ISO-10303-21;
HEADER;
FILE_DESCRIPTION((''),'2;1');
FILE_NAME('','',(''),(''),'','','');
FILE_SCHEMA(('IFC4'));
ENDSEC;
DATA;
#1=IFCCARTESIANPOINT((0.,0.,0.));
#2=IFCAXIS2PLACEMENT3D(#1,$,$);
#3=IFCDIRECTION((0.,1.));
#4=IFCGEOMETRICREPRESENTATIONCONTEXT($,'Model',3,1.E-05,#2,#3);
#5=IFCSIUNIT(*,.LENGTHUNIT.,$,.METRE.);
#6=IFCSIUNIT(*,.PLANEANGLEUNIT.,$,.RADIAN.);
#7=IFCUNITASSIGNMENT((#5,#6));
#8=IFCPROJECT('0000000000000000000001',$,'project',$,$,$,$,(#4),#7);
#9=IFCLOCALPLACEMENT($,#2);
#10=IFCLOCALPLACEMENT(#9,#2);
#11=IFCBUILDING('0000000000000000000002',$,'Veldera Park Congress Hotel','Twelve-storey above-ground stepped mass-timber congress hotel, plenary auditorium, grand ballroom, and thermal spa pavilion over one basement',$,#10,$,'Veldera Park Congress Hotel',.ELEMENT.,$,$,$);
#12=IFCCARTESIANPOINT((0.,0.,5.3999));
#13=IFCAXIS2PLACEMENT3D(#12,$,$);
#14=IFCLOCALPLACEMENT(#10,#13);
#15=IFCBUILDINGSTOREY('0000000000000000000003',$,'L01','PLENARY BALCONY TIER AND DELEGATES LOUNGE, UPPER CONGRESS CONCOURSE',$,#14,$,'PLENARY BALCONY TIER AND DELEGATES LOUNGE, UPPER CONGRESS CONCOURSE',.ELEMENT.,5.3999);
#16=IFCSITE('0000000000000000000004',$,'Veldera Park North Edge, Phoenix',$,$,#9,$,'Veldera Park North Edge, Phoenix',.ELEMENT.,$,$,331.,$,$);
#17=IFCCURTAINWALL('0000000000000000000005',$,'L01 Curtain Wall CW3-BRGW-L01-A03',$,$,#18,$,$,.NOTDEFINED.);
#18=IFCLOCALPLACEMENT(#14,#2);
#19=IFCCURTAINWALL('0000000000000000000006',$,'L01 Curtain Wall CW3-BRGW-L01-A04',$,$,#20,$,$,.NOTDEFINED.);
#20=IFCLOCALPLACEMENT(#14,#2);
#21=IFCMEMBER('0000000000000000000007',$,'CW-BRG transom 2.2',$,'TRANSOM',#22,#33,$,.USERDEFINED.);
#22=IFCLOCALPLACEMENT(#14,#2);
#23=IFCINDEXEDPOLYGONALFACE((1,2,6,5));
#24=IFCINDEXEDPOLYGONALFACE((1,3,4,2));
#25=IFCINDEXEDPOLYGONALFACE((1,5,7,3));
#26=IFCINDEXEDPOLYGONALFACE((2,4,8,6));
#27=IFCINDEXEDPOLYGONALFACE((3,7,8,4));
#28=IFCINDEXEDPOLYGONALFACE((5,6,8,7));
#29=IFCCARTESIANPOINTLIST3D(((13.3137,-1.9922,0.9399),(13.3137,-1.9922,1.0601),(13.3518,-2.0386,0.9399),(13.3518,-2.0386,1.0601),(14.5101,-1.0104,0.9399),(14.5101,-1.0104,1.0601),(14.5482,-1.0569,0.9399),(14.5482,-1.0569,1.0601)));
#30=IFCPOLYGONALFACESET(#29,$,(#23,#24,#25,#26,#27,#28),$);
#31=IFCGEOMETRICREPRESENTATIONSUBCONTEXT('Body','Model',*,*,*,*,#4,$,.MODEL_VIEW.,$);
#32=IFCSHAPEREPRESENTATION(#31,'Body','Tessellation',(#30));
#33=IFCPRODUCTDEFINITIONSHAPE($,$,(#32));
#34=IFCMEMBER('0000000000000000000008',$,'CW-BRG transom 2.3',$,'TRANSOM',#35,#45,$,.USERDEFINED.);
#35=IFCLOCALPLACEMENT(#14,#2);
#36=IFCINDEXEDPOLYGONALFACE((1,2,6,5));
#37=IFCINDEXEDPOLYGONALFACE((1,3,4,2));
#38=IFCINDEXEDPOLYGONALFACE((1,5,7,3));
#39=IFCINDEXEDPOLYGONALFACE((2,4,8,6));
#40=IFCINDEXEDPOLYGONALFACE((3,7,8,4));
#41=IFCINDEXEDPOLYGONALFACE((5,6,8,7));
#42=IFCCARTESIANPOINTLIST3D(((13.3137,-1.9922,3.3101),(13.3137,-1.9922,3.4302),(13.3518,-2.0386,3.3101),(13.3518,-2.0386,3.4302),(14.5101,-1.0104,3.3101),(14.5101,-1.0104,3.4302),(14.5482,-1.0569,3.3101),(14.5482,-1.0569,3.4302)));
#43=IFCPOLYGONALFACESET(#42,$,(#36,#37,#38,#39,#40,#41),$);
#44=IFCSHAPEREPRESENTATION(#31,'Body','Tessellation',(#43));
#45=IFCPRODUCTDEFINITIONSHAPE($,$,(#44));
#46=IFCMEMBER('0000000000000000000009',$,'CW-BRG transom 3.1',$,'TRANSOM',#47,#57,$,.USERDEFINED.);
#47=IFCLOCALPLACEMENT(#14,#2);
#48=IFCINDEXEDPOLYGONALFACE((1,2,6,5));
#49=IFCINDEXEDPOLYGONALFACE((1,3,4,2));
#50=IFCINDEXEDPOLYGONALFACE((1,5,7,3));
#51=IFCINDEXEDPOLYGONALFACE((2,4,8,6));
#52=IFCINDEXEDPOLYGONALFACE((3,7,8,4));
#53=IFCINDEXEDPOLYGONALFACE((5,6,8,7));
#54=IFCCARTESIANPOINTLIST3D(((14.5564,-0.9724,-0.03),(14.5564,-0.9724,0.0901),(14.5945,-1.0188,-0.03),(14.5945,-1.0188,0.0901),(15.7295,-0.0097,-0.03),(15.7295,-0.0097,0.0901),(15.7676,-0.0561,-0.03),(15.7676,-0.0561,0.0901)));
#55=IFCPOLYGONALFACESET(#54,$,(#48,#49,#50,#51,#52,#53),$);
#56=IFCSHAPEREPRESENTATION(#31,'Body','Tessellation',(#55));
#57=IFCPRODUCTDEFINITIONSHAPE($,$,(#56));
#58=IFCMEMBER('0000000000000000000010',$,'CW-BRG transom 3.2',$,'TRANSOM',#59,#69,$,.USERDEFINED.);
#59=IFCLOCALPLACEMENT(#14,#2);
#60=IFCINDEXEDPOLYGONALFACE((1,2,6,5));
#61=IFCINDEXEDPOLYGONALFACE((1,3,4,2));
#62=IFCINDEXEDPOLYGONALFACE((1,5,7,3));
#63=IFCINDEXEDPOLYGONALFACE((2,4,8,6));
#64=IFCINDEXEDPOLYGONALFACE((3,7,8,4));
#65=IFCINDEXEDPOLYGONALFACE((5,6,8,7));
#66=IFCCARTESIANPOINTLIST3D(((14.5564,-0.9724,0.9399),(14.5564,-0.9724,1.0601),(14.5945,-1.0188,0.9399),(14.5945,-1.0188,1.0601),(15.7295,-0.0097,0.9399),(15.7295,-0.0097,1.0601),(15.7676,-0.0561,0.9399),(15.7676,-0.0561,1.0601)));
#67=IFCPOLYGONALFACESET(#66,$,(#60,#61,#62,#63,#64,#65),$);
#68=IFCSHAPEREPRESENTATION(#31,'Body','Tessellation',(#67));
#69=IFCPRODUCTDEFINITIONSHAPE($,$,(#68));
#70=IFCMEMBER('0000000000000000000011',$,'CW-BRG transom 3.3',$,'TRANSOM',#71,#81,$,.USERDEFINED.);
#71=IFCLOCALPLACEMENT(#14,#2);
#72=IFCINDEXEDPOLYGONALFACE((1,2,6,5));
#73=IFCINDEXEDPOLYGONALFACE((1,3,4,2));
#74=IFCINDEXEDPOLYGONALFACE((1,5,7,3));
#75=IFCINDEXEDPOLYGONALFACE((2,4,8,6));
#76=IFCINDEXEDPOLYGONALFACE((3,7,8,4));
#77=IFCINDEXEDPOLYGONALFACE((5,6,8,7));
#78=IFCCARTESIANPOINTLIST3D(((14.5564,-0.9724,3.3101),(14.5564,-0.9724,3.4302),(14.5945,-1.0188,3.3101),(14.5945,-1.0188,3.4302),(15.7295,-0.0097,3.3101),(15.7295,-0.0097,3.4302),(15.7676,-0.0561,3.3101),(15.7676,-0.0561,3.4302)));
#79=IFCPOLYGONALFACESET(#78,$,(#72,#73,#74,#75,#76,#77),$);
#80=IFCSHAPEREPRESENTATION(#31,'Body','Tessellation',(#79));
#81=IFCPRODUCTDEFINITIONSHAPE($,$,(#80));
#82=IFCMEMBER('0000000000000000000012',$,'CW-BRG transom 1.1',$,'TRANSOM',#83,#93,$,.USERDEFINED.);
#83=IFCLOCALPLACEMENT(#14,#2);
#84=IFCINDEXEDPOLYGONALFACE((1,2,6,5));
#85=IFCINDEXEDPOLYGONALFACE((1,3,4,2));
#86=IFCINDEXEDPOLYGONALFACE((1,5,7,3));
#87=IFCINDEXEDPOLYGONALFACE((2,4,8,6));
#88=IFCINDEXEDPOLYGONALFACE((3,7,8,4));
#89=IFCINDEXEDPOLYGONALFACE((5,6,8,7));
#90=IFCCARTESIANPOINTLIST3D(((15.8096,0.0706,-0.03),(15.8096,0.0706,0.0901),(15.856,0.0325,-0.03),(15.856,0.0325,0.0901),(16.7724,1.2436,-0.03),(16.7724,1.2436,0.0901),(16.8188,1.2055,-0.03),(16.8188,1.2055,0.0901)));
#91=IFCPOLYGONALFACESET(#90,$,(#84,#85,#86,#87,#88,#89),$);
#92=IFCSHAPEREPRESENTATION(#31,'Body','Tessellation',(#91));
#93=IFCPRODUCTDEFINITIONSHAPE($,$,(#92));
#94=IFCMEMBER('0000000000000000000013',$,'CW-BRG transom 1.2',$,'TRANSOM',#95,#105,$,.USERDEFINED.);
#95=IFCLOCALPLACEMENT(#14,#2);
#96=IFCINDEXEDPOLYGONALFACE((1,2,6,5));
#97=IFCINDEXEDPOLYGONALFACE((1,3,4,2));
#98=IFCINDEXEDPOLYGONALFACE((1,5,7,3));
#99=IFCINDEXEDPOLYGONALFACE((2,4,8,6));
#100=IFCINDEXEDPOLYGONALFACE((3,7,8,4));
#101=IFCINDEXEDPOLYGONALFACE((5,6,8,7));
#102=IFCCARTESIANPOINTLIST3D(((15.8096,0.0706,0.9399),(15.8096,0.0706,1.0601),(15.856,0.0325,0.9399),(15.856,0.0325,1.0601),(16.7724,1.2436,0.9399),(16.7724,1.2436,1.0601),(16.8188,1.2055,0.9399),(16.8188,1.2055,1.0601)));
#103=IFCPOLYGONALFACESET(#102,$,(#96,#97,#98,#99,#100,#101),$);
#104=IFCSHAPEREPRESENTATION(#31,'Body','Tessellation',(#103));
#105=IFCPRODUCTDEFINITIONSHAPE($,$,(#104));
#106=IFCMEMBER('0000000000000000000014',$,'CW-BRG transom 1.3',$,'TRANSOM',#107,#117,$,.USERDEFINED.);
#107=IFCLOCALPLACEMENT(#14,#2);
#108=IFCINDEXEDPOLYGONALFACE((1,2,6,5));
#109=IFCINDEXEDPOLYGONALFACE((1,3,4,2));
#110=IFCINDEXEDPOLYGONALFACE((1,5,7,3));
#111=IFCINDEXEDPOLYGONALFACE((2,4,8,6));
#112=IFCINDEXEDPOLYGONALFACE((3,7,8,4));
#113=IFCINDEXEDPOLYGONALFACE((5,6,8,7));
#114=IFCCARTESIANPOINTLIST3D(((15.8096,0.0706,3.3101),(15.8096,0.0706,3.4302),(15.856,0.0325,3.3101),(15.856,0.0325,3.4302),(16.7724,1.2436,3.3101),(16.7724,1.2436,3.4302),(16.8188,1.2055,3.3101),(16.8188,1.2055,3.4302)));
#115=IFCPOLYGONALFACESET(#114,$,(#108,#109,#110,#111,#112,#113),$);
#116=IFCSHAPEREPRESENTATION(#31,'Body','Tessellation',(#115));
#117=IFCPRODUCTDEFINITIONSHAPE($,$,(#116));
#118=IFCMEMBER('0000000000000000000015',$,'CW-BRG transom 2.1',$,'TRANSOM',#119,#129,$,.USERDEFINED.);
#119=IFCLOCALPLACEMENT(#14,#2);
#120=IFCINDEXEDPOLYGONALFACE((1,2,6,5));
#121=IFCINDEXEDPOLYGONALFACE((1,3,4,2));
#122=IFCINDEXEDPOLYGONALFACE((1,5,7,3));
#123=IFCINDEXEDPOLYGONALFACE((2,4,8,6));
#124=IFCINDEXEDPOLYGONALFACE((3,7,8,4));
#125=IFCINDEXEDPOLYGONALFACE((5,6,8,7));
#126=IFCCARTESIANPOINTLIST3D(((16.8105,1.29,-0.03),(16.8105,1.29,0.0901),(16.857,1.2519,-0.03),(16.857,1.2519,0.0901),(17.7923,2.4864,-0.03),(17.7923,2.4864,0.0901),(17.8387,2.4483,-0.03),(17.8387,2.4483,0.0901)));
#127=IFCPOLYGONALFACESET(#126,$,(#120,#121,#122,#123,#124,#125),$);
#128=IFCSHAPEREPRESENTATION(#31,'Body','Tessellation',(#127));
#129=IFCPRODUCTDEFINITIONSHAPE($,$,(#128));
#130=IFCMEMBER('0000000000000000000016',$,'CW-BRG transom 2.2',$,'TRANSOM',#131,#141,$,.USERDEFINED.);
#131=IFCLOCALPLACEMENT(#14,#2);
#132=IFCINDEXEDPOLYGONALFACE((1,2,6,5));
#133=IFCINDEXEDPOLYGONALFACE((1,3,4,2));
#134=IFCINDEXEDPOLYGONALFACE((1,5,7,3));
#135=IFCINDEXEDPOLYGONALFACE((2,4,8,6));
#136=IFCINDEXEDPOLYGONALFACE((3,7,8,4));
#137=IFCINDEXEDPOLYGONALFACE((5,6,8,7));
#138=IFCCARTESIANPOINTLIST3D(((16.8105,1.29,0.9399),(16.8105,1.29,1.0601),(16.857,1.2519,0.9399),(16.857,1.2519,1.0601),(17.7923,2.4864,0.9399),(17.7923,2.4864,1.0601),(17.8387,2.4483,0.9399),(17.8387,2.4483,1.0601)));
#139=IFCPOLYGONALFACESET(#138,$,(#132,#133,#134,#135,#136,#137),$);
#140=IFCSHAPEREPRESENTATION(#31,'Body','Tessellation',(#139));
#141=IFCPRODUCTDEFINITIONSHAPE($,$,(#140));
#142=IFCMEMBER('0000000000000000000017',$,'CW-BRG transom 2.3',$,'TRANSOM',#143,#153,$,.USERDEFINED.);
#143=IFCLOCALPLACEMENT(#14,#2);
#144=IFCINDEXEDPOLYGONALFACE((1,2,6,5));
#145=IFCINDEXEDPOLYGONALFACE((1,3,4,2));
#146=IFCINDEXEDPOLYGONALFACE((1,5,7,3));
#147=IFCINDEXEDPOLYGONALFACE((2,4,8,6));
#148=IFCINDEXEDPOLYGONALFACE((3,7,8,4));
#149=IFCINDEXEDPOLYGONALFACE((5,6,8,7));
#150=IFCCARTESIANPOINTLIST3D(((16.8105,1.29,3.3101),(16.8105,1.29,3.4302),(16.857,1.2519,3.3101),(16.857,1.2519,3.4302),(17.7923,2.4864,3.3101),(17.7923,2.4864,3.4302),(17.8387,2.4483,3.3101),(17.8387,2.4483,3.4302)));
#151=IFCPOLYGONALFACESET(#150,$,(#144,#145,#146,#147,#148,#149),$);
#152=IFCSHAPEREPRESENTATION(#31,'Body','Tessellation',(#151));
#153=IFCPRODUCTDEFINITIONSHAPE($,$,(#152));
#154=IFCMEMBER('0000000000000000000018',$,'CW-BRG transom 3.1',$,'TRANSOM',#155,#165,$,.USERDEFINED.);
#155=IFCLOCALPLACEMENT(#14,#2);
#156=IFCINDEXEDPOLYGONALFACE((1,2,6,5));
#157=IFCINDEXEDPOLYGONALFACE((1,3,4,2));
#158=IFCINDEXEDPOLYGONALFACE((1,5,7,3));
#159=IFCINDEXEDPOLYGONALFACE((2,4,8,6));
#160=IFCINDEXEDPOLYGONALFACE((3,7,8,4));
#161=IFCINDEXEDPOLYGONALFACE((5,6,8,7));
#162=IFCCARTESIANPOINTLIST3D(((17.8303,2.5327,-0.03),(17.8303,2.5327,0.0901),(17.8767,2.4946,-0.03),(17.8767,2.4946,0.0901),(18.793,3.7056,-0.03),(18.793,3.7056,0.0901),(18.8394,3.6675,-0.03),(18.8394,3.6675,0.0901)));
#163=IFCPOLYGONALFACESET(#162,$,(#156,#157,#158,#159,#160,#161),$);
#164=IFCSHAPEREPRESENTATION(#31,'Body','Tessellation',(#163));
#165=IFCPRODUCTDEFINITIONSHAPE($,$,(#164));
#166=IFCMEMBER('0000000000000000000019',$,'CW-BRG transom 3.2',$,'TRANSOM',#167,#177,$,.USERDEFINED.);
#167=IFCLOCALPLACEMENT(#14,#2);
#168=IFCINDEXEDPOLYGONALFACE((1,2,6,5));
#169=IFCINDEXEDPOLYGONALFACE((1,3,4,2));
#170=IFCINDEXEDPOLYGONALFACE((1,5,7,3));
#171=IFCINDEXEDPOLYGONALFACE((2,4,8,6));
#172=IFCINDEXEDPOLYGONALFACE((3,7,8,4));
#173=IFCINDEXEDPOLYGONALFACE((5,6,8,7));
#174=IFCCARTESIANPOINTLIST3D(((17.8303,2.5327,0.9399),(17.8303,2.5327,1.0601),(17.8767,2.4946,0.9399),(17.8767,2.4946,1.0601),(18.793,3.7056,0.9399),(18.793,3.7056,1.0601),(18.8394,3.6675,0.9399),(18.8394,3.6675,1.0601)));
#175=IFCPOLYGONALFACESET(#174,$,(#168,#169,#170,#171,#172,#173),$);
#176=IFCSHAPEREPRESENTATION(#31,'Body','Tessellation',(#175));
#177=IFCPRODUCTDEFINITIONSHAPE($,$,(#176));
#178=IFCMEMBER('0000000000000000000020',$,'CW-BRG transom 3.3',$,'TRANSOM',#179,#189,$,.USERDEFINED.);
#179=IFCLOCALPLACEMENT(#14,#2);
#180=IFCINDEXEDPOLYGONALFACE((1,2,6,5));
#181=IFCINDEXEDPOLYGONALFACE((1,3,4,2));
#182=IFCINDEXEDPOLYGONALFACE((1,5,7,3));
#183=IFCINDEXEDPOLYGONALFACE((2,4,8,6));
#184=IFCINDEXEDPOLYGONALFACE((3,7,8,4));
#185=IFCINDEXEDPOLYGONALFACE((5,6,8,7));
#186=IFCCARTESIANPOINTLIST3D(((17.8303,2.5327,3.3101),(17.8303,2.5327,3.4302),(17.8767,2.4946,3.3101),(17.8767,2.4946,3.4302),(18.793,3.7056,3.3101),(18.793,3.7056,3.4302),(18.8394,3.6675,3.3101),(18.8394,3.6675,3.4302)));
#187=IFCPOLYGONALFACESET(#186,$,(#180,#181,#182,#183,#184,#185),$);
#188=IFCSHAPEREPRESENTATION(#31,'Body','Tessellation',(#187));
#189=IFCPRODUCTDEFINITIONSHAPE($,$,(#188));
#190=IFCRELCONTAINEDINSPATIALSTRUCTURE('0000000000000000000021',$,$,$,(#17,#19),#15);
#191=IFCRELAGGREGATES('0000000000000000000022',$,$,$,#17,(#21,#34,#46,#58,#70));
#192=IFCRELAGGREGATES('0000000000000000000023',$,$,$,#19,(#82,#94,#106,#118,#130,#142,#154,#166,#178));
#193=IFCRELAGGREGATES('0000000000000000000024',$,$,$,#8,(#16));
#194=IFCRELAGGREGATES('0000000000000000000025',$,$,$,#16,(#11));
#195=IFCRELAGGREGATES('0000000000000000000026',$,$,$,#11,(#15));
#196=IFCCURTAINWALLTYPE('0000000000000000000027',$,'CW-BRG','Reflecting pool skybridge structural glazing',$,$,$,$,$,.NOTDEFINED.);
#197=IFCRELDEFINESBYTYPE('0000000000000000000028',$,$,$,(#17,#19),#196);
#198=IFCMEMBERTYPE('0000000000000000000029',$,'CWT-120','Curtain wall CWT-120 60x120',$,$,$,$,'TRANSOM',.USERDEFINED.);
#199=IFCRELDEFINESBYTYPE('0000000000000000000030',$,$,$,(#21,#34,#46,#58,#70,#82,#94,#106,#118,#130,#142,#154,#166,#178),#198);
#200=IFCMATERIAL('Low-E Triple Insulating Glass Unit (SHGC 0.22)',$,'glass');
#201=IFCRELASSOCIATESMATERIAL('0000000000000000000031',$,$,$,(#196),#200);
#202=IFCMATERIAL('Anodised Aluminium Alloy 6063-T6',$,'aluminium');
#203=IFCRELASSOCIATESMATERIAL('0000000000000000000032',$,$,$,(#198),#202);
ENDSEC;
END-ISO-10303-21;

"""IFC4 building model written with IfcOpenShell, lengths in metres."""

from ifc_helpers import new_model, si_unit, direction, frame, origin, origin_2d, place, context, subcontext, project, spatial, rectangle, extrude, material, material_profile, profile_set, type_object, element, aggregate, save


model = new_model("IFC4")

# Units and contexts
model_context = context("Model", 3, precision=1e-05, world=origin(), true_north=direction((0.0, 1.0)))
body_context = subcontext(model_context, "Body", "Model", "MODEL_VIEW")
ifc_project = project(units=[si_unit("LENGTHUNIT", "METRE"), si_unit("PLANEANGLEUNIT", "RADIAN")], contexts=[model_context])

# Site, building, storey
site_placement = place(None, origin())
site = spatial("IfcSite", under=ifc_project, at=site_placement, Name="Veldera Park North Edge, Phoenix", LongName="Veldera Park North Edge, Phoenix", CompositionType="ELEMENT", RefElevation=331.0)
building_placement = place(site_placement, origin())
building = spatial("IfcBuilding", under=site, at=building_placement, Name="Veldera Park Congress Hotel", Description="Twelve-storey above-ground stepped mass-timber congress hotel, plenary auditorium, grand ballroom, and thermal spa pavilion over one basement", LongName="Veldera Park Congress Hotel", CompositionType="ELEMENT")
storey_placement = place(building_placement, frame((0.0, 0.0, 5.3999)))
storey = spatial("IfcBuildingStorey", under=building, at=storey_placement, Name="L01", Description="PLENARY BALCONY TIER AND DELEGATES LOUNGE, UPPER CONGRESS CONCOURSE", LongName="PLENARY BALCONY TIER AND DELEGATES LOUNGE, UPPER CONGRESS CONCOURSE", CompositionType="ELEMENT", Elevation=5.3999)

# Curtain walls
ifc_material_1 = material(Name="Low-E Triple Insulating Glass Unit (SHGC 0.22)", Category="glass")
curtain_wall_type = type_object("IfcCurtainWallType", Name="CW-BRG", Description="Reflecting pool skybridge structural glazing", PredefinedType="NOTDEFINED", material=ifc_material_1)
curtain_wall_1_placement = place(storey_placement, origin())
curtain_wall_1 = element("IfcCurtainWall", 1, at=curtain_wall_1_placement, inside=storey, type_object=curtain_wall_type, Name="L01 Curtain Wall CW3-BRGW-L01-A03", PredefinedType="NOTDEFINED")
ifc_material_2 = material(Name="Anodised Aluminium Alloy 6063-T6", Category="aluminium")
curtain_wall_2_placement = place(storey_placement, origin())
curtain_wall_2 = element("IfcCurtainWall", 2, at=curtain_wall_2_placement, inside=storey, type_object=curtain_wall_type, Name="L01 Curtain Wall CW3-BRGW-L01-A04", PredefinedType="NOTDEFINED")

# Members
ifc_material_profile_1 = material_profile(ifc_material_2, rectangle(XDim=0.0601, YDim=0.1201, at=origin_2d()), Name="ALU 60x120")
ifc_profile_set_1 = profile_set([ifc_material_profile_1], Name="Anodised Aluminium Alloy 6063-T6")
member_type_1 = type_object("IfcMemberType", Name="CWT-120", Description="Curtain wall CWT-120 60x120", ElementType="TRANSOM", PredefinedType="USERDEFINED", material=ifc_profile_set_1)
member_1_placement = place(storey_placement, frame((13.3328, -2.0154, 1.0), z_axis=(0.773036, 0.634363, 0.0), x_axis=(-0.634363, 0.773036, 0.0)))
member_1 = element("IfcMember", 3, at=member_1_placement, type_object=member_type_1, Name="CW-BRG transom 2.2", ObjectType="TRANSOM", PredefinedType="USERDEFINED", context=body_context, shape_type="SweptSolid", body=[
    extrude(rectangle(XDim=0.0601, YDim=0.1201, at=origin_2d()), origin(), (0.0, 0.0, 1.0), 1.5476),
])
member_2_placement = place(storey_placement, frame((13.3328, -2.0154, 3.3701), z_axis=(0.773036, 0.634363, 0.0), x_axis=(-0.634363, 0.773036, 0.0)))
member_2 = element("IfcMember", 4, at=member_2_placement, type_object=member_type_1, Name="CW-BRG transom 2.3", ObjectType="TRANSOM", PredefinedType="USERDEFINED", context=body_context, shape_type="SweptSolid", body=[
    extrude(rectangle(XDim=0.0601, YDim=0.1201, at=origin_2d()), origin(), (0.0, 0.0, 1.0), 1.5476),
])
member_3_placement = place(storey_placement, frame((14.5754, -0.9956, 0.03), z_axis=(0.773039, 0.634359, 0.0), x_axis=(-0.634359, 0.773039, 0.0)))
member_3 = element("IfcMember", 5, at=member_3_placement, type_object=member_type_1, Name="CW-BRG transom 3.1", ObjectType="TRANSOM", PredefinedType="USERDEFINED", context=body_context, shape_type="SweptSolid", body=[
    extrude(rectangle(XDim=0.0601, YDim=0.1201, at=origin_2d()), origin(), (0.0, 0.0, 1.0), 1.5176),
])
member_4_placement = place(storey_placement, frame((14.5754, -0.9956, 1.0), z_axis=(0.773039, 0.634359, 0.0), x_axis=(-0.634359, 0.773039, 0.0)))
member_4 = element("IfcMember", 6, at=member_4_placement, type_object=member_type_1, Name="CW-BRG transom 3.2", ObjectType="TRANSOM", PredefinedType="USERDEFINED", context=body_context, shape_type="SweptSolid", body=[
    extrude(rectangle(XDim=0.0601, YDim=0.1201, at=origin_2d()), origin(), (0.0, 0.0, 1.0), 1.5176),
])
member_5_placement = place(storey_placement, frame((14.5754, -0.9956, 3.3701), z_axis=(0.773039, 0.634359, 0.0), x_axis=(-0.634359, 0.773039, 0.0)))
member_5 = element("IfcMember", 7, at=member_5_placement, type_object=member_type_1, Name="CW-BRG transom 3.3", ObjectType="TRANSOM", PredefinedType="USERDEFINED", context=body_context, shape_type="SweptSolid", body=[
    extrude(rectangle(XDim=0.0601, YDim=0.1201, at=origin_2d()), origin(), (0.0, 0.0, 1.0), 1.5176),
])
member_6_placement = place(storey_placement, frame((15.8328, 0.0515, 0.03), z_axis=(0.634455, 0.77296, 0.0), x_axis=(-0.77296, 0.634455, 0.0)))
member_6 = element("IfcMember", 8, at=member_6_placement, type_object=member_type_1, Name="CW-BRG transom 1.1", ObjectType="TRANSOM", PredefinedType="USERDEFINED", context=body_context, shape_type="SweptSolid", body=[
    extrude(rectangle(XDim=0.0601, YDim=0.1201, at=origin_2d()), origin(), (0.0, 0.0, 1.0), 1.5176),
])
member_7_placement = place(storey_placement, frame((15.8328, 0.0515, 1.0), z_axis=(0.634455, 0.77296, 0.0), x_axis=(-0.77296, 0.634455, 0.0)))
member_7 = element("IfcMember", 9, at=member_7_placement, type_object=member_type_1, Name="CW-BRG transom 1.2", ObjectType="TRANSOM", PredefinedType="USERDEFINED", context=body_context, shape_type="SweptSolid", body=[
    extrude(rectangle(XDim=0.0601, YDim=0.1201, at=origin_2d()), origin(), (0.0, 0.0, 1.0), 1.5176),
])
member_8_placement = place(storey_placement, frame((15.8328, 0.0515, 3.3701), z_axis=(0.634455, 0.77296, 0.0), x_axis=(-0.77296, 0.634455, 0.0)))
member_8 = element("IfcMember", 10, at=member_8_placement, type_object=member_type_1, Name="CW-BRG transom 1.3", ObjectType="TRANSOM", PredefinedType="USERDEFINED", context=body_context, shape_type="SweptSolid", body=[
    extrude(rectangle(XDim=0.0601, YDim=0.1201, at=origin_2d()), origin(), (0.0, 0.0, 1.0), 1.5176),
])
member_9_placement = place(storey_placement, frame((16.8337, 1.271, 0.03), z_axis=(0.634363, 0.773036, 0.0), x_axis=(-0.773036, 0.634363, 0.0)))
member_9 = element("IfcMember", 11, at=member_9_placement, type_object=member_type_1, Name="CW-BRG transom 2.1", ObjectType="TRANSOM", PredefinedType="USERDEFINED", context=body_context, shape_type="SweptSolid", body=[
    extrude(rectangle(XDim=0.0601, YDim=0.1201, at=origin_2d()), origin(), (0.0, 0.0, 1.0), 1.5476),
])
member_10_placement = place(storey_placement, frame((16.8337, 1.271, 1.0), z_axis=(0.634363, 0.773036, 0.0), x_axis=(-0.773036, 0.634363, 0.0)))
member_10 = element("IfcMember", 12, at=member_10_placement, type_object=member_type_1, Name="CW-BRG transom 2.2", ObjectType="TRANSOM", PredefinedType="USERDEFINED", context=body_context, shape_type="SweptSolid", body=[
    extrude(rectangle(XDim=0.0601, YDim=0.1201, at=origin_2d()), origin(), (0.0, 0.0, 1.0), 1.5476),
])
member_11_placement = place(storey_placement, frame((16.8337, 1.271, 3.3701), z_axis=(0.634363, 0.773036, 0.0), x_axis=(-0.773036, 0.634363, 0.0)))
member_11 = element("IfcMember", 13, at=member_11_placement, type_object=member_type_1, Name="CW-BRG transom 2.3", ObjectType="TRANSOM", PredefinedType="USERDEFINED", context=body_context, shape_type="SweptSolid", body=[
    extrude(rectangle(XDim=0.0601, YDim=0.1201, at=origin_2d()), origin(), (0.0, 0.0, 1.0), 1.5476),
])
member_12_placement = place(storey_placement, frame((17.8535, 2.5137, 0.03), z_axis=(0.634437, 0.772974, 0.0), x_axis=(-0.772974, 0.634437, 0.0)))
member_12 = element("IfcMember", 14, at=member_12_placement, type_object=member_type_1, Name="CW-BRG transom 3.1", ObjectType="TRANSOM", PredefinedType="USERDEFINED", context=body_context, shape_type="SweptSolid", body=[
    extrude(rectangle(XDim=0.0601, YDim=0.1201, at=origin_2d()), origin(), (0.0, 0.0, 1.0), 1.5173),
])
member_13_placement = place(storey_placement, frame((17.8535, 2.5137, 1.0), z_axis=(0.634437, 0.772974, 0.0), x_axis=(-0.772974, 0.634437, 0.0)))
member_13 = element("IfcMember", 15, at=member_13_placement, type_object=member_type_1, Name="CW-BRG transom 3.2", ObjectType="TRANSOM", PredefinedType="USERDEFINED", context=body_context, shape_type="SweptSolid", body=[
    extrude(rectangle(XDim=0.0601, YDim=0.1201, at=origin_2d()), origin(), (0.0, 0.0, 1.0), 1.5173),
])
member_14_placement = place(storey_placement, frame((17.8535, 2.5137, 3.3701), z_axis=(0.634437, 0.772974, 0.0), x_axis=(-0.772974, 0.634437, 0.0)))
member_14 = element("IfcMember", 16, at=member_14_placement, type_object=member_type_1, Name="CW-BRG transom 3.3", ObjectType="TRANSOM", PredefinedType="USERDEFINED", context=body_context, shape_type="SweptSolid", body=[
    extrude(rectangle(XDim=0.0601, YDim=0.1201, at=origin_2d()), origin(), (0.0, 0.0, 1.0), 1.5173),
])

aggregate(curtain_wall_1, [member_1, member_2, member_3, member_4, member_5])
aggregate(curtain_wall_2, [member_6, member_7, member_8, member_9, member_10, member_11, member_12, member_13, member_14])

save(model, "model.ifc")
